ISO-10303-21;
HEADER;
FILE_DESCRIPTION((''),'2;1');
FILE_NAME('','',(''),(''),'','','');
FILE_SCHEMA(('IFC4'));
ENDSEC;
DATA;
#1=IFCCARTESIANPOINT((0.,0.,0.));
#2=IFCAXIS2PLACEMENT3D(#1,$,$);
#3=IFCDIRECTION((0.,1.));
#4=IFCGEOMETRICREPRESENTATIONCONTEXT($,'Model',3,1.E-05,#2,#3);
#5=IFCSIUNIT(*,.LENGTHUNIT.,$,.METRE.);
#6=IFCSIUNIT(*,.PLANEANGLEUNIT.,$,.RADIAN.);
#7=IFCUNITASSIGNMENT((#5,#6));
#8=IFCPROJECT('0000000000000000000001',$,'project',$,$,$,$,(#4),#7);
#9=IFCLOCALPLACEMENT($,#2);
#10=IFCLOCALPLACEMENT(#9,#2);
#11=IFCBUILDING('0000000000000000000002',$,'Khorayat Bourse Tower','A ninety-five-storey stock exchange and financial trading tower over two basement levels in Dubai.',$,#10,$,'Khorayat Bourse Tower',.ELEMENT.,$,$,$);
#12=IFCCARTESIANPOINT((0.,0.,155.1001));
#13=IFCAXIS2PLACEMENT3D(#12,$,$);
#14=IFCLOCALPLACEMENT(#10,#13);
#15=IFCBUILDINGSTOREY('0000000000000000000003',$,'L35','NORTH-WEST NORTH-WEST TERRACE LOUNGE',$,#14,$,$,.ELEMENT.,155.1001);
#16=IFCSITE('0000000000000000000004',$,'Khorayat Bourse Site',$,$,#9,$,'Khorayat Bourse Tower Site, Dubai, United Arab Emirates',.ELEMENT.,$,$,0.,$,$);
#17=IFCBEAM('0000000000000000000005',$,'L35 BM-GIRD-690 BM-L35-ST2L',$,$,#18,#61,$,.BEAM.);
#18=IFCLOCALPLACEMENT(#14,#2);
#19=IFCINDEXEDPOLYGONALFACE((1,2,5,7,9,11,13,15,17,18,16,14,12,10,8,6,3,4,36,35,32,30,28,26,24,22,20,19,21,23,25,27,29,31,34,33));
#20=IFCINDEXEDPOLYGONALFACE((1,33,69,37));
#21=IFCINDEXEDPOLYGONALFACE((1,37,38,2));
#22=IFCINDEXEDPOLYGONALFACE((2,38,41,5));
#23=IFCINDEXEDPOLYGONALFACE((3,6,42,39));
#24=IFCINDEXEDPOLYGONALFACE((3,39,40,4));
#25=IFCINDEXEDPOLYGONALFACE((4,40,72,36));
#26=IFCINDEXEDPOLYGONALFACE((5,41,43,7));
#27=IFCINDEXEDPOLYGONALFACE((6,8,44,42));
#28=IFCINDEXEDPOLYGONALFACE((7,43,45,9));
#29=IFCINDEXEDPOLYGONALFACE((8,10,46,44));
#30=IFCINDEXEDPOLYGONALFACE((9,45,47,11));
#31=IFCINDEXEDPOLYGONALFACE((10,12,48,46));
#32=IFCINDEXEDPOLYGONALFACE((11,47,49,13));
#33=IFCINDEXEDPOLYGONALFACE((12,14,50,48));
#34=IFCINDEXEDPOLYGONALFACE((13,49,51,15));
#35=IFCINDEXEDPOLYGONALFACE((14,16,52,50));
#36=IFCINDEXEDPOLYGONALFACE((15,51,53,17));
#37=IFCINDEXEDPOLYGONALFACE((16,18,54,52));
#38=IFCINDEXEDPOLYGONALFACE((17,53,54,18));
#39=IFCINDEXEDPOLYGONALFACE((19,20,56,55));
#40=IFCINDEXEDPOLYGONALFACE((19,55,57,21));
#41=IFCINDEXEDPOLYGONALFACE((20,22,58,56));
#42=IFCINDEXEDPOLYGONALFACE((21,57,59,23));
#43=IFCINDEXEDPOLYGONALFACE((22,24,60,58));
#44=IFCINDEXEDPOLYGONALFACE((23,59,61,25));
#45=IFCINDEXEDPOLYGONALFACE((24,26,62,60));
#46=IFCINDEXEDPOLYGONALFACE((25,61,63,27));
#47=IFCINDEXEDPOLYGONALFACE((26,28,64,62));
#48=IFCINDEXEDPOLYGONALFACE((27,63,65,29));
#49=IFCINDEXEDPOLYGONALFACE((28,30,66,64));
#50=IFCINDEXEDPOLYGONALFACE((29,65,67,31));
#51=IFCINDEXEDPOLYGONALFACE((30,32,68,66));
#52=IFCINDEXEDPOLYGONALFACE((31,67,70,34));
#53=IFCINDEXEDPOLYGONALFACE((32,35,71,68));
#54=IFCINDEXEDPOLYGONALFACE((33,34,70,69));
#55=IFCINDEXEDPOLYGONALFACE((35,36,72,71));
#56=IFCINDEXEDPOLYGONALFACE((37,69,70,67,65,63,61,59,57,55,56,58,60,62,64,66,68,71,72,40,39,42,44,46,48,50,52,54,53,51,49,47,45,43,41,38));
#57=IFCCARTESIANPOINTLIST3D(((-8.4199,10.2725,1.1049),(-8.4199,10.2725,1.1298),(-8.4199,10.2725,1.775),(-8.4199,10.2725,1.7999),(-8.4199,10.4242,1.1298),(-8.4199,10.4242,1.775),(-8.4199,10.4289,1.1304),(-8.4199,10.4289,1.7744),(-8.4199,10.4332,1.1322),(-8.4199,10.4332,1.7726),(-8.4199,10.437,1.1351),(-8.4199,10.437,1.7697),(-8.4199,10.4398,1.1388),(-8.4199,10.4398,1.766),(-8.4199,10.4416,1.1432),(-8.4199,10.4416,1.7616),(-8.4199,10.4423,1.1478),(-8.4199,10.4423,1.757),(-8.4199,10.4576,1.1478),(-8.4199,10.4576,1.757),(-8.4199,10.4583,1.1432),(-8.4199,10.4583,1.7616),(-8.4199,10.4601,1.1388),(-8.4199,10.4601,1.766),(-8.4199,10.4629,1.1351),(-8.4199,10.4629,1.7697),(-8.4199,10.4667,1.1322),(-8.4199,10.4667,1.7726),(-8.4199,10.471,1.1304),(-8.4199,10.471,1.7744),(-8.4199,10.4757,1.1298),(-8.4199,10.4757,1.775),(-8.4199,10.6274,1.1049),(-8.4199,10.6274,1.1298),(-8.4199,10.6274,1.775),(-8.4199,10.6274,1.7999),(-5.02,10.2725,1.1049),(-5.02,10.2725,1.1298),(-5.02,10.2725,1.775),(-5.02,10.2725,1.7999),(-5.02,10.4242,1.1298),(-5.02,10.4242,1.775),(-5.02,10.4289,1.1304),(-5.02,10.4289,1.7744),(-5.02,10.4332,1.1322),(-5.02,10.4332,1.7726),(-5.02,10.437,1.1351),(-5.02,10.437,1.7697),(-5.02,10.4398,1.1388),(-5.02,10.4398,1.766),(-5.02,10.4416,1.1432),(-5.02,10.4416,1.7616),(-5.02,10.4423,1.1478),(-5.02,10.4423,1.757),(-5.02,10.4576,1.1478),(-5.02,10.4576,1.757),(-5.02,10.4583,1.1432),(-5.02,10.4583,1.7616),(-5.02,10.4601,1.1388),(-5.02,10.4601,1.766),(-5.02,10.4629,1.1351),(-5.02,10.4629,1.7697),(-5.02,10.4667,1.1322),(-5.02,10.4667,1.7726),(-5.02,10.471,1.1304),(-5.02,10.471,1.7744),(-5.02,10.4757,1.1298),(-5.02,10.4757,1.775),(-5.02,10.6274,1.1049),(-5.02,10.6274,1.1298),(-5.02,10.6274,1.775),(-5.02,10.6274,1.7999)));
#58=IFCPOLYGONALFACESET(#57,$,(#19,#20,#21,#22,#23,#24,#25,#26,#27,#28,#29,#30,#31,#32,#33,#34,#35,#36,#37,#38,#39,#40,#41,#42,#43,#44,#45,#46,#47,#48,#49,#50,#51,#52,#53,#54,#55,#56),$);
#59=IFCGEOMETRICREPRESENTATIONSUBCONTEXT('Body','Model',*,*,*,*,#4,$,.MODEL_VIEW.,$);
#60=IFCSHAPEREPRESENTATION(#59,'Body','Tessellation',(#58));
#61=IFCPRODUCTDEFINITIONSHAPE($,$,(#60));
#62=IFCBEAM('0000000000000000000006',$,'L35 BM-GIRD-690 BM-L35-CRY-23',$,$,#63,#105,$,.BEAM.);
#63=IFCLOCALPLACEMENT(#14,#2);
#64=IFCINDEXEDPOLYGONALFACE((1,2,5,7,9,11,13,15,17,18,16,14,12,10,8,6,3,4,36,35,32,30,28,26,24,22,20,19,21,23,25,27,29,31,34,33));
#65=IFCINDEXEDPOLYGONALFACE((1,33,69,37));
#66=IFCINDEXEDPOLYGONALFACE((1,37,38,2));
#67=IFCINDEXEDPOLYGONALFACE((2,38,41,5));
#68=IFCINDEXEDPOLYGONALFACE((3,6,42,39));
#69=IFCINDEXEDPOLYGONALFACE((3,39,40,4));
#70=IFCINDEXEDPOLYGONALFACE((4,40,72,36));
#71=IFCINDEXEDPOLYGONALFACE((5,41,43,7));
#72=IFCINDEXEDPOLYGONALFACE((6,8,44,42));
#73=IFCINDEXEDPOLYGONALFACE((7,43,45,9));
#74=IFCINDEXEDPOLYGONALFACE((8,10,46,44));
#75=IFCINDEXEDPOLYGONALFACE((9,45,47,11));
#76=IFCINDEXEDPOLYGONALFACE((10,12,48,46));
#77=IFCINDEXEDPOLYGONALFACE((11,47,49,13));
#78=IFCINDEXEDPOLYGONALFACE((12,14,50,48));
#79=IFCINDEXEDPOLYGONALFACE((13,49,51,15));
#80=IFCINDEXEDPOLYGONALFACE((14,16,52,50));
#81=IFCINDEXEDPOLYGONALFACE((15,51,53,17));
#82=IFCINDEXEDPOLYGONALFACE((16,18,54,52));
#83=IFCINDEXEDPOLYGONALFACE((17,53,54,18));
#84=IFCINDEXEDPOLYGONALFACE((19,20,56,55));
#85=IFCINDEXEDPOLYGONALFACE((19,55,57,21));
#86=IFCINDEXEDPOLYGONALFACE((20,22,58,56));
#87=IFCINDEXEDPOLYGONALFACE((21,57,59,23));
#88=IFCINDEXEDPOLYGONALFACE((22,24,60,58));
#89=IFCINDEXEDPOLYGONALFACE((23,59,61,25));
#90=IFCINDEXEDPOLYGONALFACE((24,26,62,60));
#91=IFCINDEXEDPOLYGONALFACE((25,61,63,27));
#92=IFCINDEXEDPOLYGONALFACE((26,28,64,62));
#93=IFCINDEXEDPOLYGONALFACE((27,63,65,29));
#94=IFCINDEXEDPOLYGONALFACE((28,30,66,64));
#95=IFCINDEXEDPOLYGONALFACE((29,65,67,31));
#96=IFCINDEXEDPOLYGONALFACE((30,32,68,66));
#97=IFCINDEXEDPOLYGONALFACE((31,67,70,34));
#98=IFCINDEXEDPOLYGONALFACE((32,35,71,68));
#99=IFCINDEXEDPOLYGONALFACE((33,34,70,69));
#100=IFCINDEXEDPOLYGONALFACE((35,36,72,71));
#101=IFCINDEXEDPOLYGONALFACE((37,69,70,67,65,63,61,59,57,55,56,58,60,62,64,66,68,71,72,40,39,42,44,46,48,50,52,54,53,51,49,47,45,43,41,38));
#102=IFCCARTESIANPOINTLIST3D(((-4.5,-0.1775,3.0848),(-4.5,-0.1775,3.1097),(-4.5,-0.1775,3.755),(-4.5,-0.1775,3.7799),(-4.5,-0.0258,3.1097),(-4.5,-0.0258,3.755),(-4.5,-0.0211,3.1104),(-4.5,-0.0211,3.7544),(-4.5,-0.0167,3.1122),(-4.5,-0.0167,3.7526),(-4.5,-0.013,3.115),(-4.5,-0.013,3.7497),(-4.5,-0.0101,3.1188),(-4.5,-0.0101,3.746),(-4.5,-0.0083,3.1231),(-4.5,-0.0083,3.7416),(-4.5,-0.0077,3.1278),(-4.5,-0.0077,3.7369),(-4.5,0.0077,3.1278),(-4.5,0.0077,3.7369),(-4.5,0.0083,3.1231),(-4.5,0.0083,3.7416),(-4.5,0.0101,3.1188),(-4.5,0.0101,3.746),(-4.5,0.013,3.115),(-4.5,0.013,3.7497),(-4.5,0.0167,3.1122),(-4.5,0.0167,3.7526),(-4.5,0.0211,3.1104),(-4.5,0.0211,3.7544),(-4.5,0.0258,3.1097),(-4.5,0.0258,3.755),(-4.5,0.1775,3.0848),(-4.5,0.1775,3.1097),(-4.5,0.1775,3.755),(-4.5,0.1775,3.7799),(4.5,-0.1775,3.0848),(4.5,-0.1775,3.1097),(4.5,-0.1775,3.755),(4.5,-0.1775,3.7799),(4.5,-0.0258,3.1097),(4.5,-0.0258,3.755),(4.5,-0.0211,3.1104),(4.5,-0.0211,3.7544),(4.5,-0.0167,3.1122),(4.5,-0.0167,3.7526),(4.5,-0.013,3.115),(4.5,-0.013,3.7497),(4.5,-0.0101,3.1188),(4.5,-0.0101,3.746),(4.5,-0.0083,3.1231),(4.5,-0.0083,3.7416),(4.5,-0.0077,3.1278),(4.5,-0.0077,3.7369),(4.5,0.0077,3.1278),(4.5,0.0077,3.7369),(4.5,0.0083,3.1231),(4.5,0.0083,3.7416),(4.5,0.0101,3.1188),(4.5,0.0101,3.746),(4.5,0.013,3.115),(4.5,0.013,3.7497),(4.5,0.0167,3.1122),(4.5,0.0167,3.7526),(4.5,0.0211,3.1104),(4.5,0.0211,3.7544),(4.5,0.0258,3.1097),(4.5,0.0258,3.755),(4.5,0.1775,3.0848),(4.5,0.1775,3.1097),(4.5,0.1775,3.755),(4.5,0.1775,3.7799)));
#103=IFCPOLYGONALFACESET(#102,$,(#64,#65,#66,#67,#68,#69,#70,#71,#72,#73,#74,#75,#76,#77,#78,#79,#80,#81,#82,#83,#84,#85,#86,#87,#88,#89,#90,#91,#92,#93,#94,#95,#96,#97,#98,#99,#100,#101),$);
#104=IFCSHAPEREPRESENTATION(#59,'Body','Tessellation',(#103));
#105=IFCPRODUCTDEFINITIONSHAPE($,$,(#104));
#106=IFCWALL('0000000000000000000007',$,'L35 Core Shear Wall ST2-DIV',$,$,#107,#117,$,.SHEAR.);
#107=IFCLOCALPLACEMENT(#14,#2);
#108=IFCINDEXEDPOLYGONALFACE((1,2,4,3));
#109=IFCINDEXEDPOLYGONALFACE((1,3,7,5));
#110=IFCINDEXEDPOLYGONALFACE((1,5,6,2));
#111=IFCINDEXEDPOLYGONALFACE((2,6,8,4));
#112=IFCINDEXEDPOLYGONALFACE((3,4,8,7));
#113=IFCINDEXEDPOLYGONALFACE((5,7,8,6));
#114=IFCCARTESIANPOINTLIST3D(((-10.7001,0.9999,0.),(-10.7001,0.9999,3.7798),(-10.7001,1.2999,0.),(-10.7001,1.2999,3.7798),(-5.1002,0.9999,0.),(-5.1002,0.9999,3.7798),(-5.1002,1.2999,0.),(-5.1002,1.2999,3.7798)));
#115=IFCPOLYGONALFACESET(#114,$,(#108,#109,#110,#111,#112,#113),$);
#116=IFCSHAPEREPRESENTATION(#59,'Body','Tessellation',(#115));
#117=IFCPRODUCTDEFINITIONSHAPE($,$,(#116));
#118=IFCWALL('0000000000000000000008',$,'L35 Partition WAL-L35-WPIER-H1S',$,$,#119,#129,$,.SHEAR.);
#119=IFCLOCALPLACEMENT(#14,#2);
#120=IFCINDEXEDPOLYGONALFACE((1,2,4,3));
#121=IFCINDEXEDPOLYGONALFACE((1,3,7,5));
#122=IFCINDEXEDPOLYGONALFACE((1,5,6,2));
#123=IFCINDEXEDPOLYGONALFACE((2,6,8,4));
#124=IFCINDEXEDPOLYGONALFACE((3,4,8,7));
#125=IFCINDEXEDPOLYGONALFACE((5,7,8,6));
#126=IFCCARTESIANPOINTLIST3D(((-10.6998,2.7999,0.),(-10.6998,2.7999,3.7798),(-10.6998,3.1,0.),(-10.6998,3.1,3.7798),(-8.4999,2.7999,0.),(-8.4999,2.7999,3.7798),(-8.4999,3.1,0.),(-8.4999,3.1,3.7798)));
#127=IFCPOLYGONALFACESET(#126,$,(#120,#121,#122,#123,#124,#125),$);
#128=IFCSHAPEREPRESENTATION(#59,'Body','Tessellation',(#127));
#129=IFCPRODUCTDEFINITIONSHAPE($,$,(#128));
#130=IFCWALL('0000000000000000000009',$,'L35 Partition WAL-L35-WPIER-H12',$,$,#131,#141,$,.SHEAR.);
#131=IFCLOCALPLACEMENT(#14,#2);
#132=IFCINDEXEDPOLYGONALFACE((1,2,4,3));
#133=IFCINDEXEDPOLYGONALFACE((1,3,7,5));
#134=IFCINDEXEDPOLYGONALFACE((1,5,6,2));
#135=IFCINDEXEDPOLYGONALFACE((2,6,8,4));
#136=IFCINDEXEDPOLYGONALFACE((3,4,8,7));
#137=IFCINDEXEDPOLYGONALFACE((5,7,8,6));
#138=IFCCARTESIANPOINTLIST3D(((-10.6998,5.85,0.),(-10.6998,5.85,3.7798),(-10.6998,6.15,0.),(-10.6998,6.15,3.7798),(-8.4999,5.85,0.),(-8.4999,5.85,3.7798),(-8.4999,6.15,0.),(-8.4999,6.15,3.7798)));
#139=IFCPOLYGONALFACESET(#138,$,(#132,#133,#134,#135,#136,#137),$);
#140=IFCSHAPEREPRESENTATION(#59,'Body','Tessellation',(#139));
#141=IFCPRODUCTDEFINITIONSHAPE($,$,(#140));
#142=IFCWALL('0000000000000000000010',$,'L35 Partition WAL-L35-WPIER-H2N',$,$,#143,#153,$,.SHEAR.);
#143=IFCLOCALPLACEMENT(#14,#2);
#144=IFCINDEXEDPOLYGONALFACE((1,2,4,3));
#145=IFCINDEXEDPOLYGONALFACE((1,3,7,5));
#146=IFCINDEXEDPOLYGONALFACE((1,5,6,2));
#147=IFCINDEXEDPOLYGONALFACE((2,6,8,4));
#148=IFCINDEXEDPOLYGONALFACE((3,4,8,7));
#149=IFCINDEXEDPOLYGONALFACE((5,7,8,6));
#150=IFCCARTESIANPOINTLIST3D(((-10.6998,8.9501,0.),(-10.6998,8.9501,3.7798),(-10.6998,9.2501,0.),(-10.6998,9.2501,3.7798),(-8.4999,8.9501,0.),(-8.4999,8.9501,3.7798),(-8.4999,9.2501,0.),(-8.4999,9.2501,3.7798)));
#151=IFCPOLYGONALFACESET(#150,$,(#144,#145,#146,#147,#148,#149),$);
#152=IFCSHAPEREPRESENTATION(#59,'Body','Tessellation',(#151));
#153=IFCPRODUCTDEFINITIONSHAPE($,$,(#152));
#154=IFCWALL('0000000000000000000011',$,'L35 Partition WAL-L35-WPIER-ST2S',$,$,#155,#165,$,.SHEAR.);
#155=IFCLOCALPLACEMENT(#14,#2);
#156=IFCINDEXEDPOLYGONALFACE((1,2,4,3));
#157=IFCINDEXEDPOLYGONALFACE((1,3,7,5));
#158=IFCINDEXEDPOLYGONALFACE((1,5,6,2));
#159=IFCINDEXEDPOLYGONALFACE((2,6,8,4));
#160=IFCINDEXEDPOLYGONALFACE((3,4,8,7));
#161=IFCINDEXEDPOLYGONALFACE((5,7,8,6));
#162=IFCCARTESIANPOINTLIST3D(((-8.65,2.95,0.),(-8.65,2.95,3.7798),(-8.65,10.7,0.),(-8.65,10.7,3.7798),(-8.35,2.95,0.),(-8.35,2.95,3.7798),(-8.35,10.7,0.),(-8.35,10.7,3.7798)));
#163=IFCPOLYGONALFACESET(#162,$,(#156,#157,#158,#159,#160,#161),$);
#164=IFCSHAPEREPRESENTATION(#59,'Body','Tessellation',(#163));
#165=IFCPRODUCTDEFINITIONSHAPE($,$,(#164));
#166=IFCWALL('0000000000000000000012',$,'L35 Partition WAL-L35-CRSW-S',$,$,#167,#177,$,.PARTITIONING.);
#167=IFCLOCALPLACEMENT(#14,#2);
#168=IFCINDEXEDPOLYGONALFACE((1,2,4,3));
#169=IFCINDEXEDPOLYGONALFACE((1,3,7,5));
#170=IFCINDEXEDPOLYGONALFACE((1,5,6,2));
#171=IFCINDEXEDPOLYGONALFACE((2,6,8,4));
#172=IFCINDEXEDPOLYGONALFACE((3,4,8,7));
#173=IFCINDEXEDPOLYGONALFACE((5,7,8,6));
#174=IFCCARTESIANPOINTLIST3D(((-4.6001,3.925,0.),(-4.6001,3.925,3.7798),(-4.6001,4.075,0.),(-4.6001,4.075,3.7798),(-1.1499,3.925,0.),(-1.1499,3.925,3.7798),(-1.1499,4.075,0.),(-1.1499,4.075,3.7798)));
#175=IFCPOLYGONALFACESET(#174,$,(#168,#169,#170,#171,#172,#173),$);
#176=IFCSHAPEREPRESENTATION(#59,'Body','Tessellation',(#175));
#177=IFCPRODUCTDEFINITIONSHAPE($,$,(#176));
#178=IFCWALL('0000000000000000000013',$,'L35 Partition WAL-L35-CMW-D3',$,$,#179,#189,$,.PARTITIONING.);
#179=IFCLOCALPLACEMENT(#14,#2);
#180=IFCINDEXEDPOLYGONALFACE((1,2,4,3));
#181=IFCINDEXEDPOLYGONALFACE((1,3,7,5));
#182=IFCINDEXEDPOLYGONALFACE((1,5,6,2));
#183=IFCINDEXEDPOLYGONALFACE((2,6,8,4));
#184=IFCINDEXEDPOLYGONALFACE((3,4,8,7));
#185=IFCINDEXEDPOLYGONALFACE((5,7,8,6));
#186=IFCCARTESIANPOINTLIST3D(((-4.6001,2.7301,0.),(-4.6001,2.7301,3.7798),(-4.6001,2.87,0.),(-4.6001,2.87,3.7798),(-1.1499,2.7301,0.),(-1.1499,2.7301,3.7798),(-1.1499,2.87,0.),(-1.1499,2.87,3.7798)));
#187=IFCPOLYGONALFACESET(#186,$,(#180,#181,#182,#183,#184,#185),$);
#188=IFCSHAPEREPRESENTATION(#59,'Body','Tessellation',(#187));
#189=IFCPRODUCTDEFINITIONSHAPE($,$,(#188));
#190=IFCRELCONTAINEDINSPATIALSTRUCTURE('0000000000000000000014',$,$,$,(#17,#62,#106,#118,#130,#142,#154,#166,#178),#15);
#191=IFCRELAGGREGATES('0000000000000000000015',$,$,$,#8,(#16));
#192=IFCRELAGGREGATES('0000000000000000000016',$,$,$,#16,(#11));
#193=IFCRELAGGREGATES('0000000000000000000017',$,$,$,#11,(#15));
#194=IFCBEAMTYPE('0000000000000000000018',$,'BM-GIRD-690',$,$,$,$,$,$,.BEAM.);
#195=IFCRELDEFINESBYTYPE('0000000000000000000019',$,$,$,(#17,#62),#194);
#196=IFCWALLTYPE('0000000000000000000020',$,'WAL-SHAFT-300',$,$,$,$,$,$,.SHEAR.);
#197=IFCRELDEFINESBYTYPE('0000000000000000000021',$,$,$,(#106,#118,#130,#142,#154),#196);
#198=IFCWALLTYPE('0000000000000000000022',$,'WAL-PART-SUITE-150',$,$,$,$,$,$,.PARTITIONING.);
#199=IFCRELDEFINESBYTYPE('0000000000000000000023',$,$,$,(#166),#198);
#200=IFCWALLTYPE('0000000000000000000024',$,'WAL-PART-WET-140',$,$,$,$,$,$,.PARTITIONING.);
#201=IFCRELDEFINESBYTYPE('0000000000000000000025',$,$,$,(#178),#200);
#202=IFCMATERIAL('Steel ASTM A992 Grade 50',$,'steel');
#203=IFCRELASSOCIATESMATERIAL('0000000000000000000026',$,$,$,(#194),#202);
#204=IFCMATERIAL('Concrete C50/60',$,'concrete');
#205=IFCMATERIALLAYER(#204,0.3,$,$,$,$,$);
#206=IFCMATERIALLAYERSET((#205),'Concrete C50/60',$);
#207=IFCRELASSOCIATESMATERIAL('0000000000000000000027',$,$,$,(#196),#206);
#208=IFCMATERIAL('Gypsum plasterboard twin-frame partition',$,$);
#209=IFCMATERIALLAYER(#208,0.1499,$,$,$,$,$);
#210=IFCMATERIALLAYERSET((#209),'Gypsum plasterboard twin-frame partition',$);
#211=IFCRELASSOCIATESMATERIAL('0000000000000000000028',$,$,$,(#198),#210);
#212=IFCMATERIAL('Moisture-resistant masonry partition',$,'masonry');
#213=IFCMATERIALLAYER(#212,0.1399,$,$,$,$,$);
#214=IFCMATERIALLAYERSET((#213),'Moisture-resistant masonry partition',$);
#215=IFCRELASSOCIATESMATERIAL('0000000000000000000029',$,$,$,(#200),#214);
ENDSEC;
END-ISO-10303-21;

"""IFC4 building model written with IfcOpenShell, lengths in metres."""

from ifc_helpers import new_model, si_unit, direction, frame, frame_2d, origin, origin_2d, place, context, subcontext, project, spatial, rectangle, i_section, extrude, source, transform, mapped, material, layer, layer_set, material_profile, profile_set, type_object, element, save


model = new_model("IFC4")

# Units and contexts
model_context = context("Model", 3, precision=1e-05, world=origin(), true_north=direction((0.0, 1.0)))
body_context = subcontext(model_context, "Body", "Model", "MODEL_VIEW")
ifc_project = project(units=[si_unit("LENGTHUNIT", "METRE"), si_unit("PLANEANGLEUNIT", "RADIAN")], contexts=[model_context])

# Site, building, storey
site_placement = place(None, origin())
site = spatial("IfcSite", under=ifc_project, at=site_placement, Name="Khorayat Bourse Site", LongName="Khorayat Bourse Tower Site, Dubai, United Arab Emirates", CompositionType="ELEMENT", RefElevation=0.0)
building_placement = place(site_placement, origin())
building = spatial("IfcBuilding", under=site, at=building_placement, Name="Khorayat Bourse Tower", Description="A ninety-five-storey stock exchange and financial trading tower over two basement levels in Dubai.", LongName="Khorayat Bourse Tower", CompositionType="ELEMENT")
storey_placement = place(building_placement, frame((0.0, 0.0, 155.1001)))
storey = spatial("IfcBuildingStorey", under=building, at=storey_placement, Name="L35", Description="NORTH-WEST NORTH-WEST TERRACE LOUNGE", CompositionType="ELEMENT", Elevation=155.1001)

# Beams
ifc_material_1 = material(Name="Steel ASTM A992 Grade 50", Category="steel")
ifc_material_profile_1 = material_profile(ifc_material_1, i_section(OverallWidth=0.355, OverallDepth=0.6951, WebThickness=0.0154, FlangeThickness=0.0249, FilletRadius=0.0181, at=origin_2d()), Name="W690X217")
ifc_profile_set_1 = profile_set([ifc_material_profile_1], Name="Steel ASTM A992 Grade 50")
beam_type_1 = type_object("IfcBeamType", Name="BM-GIRD-690", PredefinedType="BEAM", material=ifc_profile_set_1)
shared_shape_1 = source(origin(), body_context, "Body", "SweptSolid", [
    extrude(i_section(OverallWidth=0.355, OverallDepth=0.6951, WebThickness=0.0154, FlangeThickness=0.0249, FilletRadius=0.0181, at=origin_2d()), origin(), (0.0, 0.0, 1.0), 3.3999),
])
beam_1_placement = place(storey_placement, frame((-8.4199, 10.45, 1.4524), z_axis=(1.0, 0.0, 0.0), x_axis=(0.0, 1.0, 0.0)))
element("IfcBeam", 1, at=beam_1_placement, inside=storey, type_object=beam_type_1, Name="L35 BM-GIRD-690 BM-L35-ST2L", PredefinedType="BEAM", context=body_context, shape_type="MappedRepresentation", body=[
    mapped(shared_shape_1, transform((0.0, 0.0, 0.0), scale=1.0)),
])
shared_shape_2 = source(origin(), body_context, "Body", "SweptSolid", [
    extrude(i_section(OverallWidth=0.355, OverallDepth=0.6951, WebThickness=0.0154, FlangeThickness=0.0249, FilletRadius=0.0181, at=origin_2d()), origin(), (0.0, 0.0, 1.0), 9.0),
])
beam_2_placement = place(storey_placement, frame((-4.5, 0.0, 3.4324), z_axis=(1.0, 0.0, 0.0), x_axis=(0.0, 1.0, 0.0)))
element("IfcBeam", 2, at=beam_2_placement, inside=storey, type_object=beam_type_1, Name="L35 BM-GIRD-690 BM-L35-CRY-23", PredefinedType="BEAM", context=body_context, shape_type="MappedRepresentation", body=[
    mapped(shared_shape_2, transform((0.0, 0.0, 0.0), scale=1.0)),
])

# Walls
ifc_material_2 = material(Name="Concrete C50/60", Category="concrete")
ifc_layer_1 = layer(ifc_material_2, 0.3)
ifc_layer_set_1 = layer_set([ifc_layer_1], Name="Concrete C50/60")
wall_type_1 = type_object("IfcWallType", Name="WAL-SHAFT-300", PredefinedType="SHEAR", material=ifc_layer_set_1)
shared_shape_3 = source(origin(), body_context, "Body", "SweptSolid", [
    extrude(rectangle(XDim=5.5999, YDim=0.3, at=frame_2d((2.7998, 0.0))), origin(), (0.0, 0.0, 1.0), 3.7798),
])
wall_1_placement = place(storey_placement, frame((-10.7, 1.1499, 0.0), z_axis=(0.0, 0.0, 1.0), x_axis=(1.0, 0.0, 0.0)))
element("IfcWall", 3, at=wall_1_placement, inside=storey, type_object=wall_type_1, Name="L35 Core Shear Wall ST2-DIV", PredefinedType="SHEAR", context=body_context, shape_type="MappedRepresentation", body=[
    mapped(shared_shape_3, transform((0.0, 0.0, 0.0), scale=1.0)),
])
shared_shape_4 = source(origin(), body_context, "Body", "SweptSolid", [
    extrude(rectangle(XDim=2.2, YDim=0.3, at=frame_2d((1.1001, 0.0))), origin(), (0.0, 0.0, 1.0), 3.7798),
])
for number, where, z_axis, x_axis, name in (
    (4, (-10.7, 2.95, 0.0), (0.0, 0.0, 1.0), (1.0, 0.0, 0.0), "L35 Partition WAL-L35-WPIER-H1S"),
    (5, (-10.7, 6.0, 0.0), (0.0, 0.0, 1.0), (1.0, 0.0, 0.0), "L35 Partition WAL-L35-WPIER-H12"),
    (6, (-10.7, 9.1001, 0.0), (0.0, 0.0, 1.0), (1.0, 0.0, 0.0), "L35 Partition WAL-L35-WPIER-H2N"),
):
    element("IfcWall", number, at=place(storey_placement, frame(where, z_axis=z_axis, x_axis=x_axis)), inside=storey, type_object=wall_type_1, Name=name, PredefinedType="SHEAR", context=body_context, shape_type="MappedRepresentation", body=[
        mapped(shared_shape_4, transform((0.0, 0.0, 0.0), scale=1.0)),
    ])
shared_shape_5 = source(origin(), body_context, "Body", "SweptSolid", [
    extrude(rectangle(XDim=7.75, YDim=0.3, at=frame_2d((3.875, 0.0))), origin(), (0.0, 0.0, 1.0), 3.7798),
])
wall_2_placement = place(storey_placement, frame((-8.5, 2.95, 0.0), z_axis=(0.0, 0.0, 1.0), x_axis=(0.0, 1.0, 0.0)))
element("IfcWall", 7, at=wall_2_placement, inside=storey, type_object=wall_type_1, Name="L35 Partition WAL-L35-WPIER-ST2S", PredefinedType="SHEAR", context=body_context, shape_type="MappedRepresentation", body=[
    mapped(shared_shape_5, transform((0.0, 0.0, 0.0), scale=1.0)),
])
ifc_material_3 = material(Name="Gypsum plasterboard twin-frame partition")
ifc_layer_2 = layer(ifc_material_3, 0.1499)
ifc_layer_set_2 = layer_set([ifc_layer_2], Name="Gypsum plasterboard twin-frame partition")
wall_type_2 = type_object("IfcWallType", Name="WAL-PART-SUITE-150", PredefinedType="PARTITIONING", material=ifc_layer_set_2)
shared_shape_6 = source(origin(), body_context, "Body", "SweptSolid", [
    extrude(rectangle(XDim=3.4502, YDim=0.1499, at=frame_2d((1.7251, 0.0))), origin(), (0.0, 0.0, 1.0), 3.7798),
])
wall_3_placement = place(storey_placement, frame((-4.6001, 4.0, 0.0), z_axis=(0.0, 0.0, 1.0), x_axis=(1.0, 0.0, 0.0)))
element("IfcWall", 8, at=wall_3_placement, inside=storey, type_object=wall_type_2, Name="L35 Partition WAL-L35-CRSW-S", PredefinedType="PARTITIONING", context=body_context, shape_type="MappedRepresentation", body=[
    mapped(shared_shape_6, transform((0.0, 0.0, 0.0), scale=1.0)),
])
ifc_material_4 = material(Name="Moisture-resistant masonry partition", Category="masonry")
ifc_layer_3 = layer(ifc_material_4, 0.1399)
ifc_layer_set_3 = layer_set([ifc_layer_3], Name="Moisture-resistant masonry partition")
wall_type_3 = type_object("IfcWallType", Name="WAL-PART-WET-140", PredefinedType="PARTITIONING", material=ifc_layer_set_3)
shared_shape_7 = source(origin(), body_context, "Body", "SweptSolid", [
    extrude(rectangle(XDim=3.4502, YDim=0.1399, at=frame_2d((1.7251, 0.0))), origin(), (0.0, 0.0, 1.0), 3.7798),
])
wall_4_placement = place(storey_placement, frame((-4.6001, 2.8, 0.0), z_axis=(0.0, 0.0, 1.0), x_axis=(1.0, 0.0, 0.0)))
element("IfcWall", 9, at=wall_4_placement, inside=storey, type_object=wall_type_3, Name="L35 Partition WAL-L35-CMW-D3", PredefinedType="PARTITIONING", context=body_context, shape_type="MappedRepresentation", body=[
    mapped(shared_shape_7, transform((0.0, 0.0, 0.0), scale=1.0)),
])

save(model, "model.ifc")
